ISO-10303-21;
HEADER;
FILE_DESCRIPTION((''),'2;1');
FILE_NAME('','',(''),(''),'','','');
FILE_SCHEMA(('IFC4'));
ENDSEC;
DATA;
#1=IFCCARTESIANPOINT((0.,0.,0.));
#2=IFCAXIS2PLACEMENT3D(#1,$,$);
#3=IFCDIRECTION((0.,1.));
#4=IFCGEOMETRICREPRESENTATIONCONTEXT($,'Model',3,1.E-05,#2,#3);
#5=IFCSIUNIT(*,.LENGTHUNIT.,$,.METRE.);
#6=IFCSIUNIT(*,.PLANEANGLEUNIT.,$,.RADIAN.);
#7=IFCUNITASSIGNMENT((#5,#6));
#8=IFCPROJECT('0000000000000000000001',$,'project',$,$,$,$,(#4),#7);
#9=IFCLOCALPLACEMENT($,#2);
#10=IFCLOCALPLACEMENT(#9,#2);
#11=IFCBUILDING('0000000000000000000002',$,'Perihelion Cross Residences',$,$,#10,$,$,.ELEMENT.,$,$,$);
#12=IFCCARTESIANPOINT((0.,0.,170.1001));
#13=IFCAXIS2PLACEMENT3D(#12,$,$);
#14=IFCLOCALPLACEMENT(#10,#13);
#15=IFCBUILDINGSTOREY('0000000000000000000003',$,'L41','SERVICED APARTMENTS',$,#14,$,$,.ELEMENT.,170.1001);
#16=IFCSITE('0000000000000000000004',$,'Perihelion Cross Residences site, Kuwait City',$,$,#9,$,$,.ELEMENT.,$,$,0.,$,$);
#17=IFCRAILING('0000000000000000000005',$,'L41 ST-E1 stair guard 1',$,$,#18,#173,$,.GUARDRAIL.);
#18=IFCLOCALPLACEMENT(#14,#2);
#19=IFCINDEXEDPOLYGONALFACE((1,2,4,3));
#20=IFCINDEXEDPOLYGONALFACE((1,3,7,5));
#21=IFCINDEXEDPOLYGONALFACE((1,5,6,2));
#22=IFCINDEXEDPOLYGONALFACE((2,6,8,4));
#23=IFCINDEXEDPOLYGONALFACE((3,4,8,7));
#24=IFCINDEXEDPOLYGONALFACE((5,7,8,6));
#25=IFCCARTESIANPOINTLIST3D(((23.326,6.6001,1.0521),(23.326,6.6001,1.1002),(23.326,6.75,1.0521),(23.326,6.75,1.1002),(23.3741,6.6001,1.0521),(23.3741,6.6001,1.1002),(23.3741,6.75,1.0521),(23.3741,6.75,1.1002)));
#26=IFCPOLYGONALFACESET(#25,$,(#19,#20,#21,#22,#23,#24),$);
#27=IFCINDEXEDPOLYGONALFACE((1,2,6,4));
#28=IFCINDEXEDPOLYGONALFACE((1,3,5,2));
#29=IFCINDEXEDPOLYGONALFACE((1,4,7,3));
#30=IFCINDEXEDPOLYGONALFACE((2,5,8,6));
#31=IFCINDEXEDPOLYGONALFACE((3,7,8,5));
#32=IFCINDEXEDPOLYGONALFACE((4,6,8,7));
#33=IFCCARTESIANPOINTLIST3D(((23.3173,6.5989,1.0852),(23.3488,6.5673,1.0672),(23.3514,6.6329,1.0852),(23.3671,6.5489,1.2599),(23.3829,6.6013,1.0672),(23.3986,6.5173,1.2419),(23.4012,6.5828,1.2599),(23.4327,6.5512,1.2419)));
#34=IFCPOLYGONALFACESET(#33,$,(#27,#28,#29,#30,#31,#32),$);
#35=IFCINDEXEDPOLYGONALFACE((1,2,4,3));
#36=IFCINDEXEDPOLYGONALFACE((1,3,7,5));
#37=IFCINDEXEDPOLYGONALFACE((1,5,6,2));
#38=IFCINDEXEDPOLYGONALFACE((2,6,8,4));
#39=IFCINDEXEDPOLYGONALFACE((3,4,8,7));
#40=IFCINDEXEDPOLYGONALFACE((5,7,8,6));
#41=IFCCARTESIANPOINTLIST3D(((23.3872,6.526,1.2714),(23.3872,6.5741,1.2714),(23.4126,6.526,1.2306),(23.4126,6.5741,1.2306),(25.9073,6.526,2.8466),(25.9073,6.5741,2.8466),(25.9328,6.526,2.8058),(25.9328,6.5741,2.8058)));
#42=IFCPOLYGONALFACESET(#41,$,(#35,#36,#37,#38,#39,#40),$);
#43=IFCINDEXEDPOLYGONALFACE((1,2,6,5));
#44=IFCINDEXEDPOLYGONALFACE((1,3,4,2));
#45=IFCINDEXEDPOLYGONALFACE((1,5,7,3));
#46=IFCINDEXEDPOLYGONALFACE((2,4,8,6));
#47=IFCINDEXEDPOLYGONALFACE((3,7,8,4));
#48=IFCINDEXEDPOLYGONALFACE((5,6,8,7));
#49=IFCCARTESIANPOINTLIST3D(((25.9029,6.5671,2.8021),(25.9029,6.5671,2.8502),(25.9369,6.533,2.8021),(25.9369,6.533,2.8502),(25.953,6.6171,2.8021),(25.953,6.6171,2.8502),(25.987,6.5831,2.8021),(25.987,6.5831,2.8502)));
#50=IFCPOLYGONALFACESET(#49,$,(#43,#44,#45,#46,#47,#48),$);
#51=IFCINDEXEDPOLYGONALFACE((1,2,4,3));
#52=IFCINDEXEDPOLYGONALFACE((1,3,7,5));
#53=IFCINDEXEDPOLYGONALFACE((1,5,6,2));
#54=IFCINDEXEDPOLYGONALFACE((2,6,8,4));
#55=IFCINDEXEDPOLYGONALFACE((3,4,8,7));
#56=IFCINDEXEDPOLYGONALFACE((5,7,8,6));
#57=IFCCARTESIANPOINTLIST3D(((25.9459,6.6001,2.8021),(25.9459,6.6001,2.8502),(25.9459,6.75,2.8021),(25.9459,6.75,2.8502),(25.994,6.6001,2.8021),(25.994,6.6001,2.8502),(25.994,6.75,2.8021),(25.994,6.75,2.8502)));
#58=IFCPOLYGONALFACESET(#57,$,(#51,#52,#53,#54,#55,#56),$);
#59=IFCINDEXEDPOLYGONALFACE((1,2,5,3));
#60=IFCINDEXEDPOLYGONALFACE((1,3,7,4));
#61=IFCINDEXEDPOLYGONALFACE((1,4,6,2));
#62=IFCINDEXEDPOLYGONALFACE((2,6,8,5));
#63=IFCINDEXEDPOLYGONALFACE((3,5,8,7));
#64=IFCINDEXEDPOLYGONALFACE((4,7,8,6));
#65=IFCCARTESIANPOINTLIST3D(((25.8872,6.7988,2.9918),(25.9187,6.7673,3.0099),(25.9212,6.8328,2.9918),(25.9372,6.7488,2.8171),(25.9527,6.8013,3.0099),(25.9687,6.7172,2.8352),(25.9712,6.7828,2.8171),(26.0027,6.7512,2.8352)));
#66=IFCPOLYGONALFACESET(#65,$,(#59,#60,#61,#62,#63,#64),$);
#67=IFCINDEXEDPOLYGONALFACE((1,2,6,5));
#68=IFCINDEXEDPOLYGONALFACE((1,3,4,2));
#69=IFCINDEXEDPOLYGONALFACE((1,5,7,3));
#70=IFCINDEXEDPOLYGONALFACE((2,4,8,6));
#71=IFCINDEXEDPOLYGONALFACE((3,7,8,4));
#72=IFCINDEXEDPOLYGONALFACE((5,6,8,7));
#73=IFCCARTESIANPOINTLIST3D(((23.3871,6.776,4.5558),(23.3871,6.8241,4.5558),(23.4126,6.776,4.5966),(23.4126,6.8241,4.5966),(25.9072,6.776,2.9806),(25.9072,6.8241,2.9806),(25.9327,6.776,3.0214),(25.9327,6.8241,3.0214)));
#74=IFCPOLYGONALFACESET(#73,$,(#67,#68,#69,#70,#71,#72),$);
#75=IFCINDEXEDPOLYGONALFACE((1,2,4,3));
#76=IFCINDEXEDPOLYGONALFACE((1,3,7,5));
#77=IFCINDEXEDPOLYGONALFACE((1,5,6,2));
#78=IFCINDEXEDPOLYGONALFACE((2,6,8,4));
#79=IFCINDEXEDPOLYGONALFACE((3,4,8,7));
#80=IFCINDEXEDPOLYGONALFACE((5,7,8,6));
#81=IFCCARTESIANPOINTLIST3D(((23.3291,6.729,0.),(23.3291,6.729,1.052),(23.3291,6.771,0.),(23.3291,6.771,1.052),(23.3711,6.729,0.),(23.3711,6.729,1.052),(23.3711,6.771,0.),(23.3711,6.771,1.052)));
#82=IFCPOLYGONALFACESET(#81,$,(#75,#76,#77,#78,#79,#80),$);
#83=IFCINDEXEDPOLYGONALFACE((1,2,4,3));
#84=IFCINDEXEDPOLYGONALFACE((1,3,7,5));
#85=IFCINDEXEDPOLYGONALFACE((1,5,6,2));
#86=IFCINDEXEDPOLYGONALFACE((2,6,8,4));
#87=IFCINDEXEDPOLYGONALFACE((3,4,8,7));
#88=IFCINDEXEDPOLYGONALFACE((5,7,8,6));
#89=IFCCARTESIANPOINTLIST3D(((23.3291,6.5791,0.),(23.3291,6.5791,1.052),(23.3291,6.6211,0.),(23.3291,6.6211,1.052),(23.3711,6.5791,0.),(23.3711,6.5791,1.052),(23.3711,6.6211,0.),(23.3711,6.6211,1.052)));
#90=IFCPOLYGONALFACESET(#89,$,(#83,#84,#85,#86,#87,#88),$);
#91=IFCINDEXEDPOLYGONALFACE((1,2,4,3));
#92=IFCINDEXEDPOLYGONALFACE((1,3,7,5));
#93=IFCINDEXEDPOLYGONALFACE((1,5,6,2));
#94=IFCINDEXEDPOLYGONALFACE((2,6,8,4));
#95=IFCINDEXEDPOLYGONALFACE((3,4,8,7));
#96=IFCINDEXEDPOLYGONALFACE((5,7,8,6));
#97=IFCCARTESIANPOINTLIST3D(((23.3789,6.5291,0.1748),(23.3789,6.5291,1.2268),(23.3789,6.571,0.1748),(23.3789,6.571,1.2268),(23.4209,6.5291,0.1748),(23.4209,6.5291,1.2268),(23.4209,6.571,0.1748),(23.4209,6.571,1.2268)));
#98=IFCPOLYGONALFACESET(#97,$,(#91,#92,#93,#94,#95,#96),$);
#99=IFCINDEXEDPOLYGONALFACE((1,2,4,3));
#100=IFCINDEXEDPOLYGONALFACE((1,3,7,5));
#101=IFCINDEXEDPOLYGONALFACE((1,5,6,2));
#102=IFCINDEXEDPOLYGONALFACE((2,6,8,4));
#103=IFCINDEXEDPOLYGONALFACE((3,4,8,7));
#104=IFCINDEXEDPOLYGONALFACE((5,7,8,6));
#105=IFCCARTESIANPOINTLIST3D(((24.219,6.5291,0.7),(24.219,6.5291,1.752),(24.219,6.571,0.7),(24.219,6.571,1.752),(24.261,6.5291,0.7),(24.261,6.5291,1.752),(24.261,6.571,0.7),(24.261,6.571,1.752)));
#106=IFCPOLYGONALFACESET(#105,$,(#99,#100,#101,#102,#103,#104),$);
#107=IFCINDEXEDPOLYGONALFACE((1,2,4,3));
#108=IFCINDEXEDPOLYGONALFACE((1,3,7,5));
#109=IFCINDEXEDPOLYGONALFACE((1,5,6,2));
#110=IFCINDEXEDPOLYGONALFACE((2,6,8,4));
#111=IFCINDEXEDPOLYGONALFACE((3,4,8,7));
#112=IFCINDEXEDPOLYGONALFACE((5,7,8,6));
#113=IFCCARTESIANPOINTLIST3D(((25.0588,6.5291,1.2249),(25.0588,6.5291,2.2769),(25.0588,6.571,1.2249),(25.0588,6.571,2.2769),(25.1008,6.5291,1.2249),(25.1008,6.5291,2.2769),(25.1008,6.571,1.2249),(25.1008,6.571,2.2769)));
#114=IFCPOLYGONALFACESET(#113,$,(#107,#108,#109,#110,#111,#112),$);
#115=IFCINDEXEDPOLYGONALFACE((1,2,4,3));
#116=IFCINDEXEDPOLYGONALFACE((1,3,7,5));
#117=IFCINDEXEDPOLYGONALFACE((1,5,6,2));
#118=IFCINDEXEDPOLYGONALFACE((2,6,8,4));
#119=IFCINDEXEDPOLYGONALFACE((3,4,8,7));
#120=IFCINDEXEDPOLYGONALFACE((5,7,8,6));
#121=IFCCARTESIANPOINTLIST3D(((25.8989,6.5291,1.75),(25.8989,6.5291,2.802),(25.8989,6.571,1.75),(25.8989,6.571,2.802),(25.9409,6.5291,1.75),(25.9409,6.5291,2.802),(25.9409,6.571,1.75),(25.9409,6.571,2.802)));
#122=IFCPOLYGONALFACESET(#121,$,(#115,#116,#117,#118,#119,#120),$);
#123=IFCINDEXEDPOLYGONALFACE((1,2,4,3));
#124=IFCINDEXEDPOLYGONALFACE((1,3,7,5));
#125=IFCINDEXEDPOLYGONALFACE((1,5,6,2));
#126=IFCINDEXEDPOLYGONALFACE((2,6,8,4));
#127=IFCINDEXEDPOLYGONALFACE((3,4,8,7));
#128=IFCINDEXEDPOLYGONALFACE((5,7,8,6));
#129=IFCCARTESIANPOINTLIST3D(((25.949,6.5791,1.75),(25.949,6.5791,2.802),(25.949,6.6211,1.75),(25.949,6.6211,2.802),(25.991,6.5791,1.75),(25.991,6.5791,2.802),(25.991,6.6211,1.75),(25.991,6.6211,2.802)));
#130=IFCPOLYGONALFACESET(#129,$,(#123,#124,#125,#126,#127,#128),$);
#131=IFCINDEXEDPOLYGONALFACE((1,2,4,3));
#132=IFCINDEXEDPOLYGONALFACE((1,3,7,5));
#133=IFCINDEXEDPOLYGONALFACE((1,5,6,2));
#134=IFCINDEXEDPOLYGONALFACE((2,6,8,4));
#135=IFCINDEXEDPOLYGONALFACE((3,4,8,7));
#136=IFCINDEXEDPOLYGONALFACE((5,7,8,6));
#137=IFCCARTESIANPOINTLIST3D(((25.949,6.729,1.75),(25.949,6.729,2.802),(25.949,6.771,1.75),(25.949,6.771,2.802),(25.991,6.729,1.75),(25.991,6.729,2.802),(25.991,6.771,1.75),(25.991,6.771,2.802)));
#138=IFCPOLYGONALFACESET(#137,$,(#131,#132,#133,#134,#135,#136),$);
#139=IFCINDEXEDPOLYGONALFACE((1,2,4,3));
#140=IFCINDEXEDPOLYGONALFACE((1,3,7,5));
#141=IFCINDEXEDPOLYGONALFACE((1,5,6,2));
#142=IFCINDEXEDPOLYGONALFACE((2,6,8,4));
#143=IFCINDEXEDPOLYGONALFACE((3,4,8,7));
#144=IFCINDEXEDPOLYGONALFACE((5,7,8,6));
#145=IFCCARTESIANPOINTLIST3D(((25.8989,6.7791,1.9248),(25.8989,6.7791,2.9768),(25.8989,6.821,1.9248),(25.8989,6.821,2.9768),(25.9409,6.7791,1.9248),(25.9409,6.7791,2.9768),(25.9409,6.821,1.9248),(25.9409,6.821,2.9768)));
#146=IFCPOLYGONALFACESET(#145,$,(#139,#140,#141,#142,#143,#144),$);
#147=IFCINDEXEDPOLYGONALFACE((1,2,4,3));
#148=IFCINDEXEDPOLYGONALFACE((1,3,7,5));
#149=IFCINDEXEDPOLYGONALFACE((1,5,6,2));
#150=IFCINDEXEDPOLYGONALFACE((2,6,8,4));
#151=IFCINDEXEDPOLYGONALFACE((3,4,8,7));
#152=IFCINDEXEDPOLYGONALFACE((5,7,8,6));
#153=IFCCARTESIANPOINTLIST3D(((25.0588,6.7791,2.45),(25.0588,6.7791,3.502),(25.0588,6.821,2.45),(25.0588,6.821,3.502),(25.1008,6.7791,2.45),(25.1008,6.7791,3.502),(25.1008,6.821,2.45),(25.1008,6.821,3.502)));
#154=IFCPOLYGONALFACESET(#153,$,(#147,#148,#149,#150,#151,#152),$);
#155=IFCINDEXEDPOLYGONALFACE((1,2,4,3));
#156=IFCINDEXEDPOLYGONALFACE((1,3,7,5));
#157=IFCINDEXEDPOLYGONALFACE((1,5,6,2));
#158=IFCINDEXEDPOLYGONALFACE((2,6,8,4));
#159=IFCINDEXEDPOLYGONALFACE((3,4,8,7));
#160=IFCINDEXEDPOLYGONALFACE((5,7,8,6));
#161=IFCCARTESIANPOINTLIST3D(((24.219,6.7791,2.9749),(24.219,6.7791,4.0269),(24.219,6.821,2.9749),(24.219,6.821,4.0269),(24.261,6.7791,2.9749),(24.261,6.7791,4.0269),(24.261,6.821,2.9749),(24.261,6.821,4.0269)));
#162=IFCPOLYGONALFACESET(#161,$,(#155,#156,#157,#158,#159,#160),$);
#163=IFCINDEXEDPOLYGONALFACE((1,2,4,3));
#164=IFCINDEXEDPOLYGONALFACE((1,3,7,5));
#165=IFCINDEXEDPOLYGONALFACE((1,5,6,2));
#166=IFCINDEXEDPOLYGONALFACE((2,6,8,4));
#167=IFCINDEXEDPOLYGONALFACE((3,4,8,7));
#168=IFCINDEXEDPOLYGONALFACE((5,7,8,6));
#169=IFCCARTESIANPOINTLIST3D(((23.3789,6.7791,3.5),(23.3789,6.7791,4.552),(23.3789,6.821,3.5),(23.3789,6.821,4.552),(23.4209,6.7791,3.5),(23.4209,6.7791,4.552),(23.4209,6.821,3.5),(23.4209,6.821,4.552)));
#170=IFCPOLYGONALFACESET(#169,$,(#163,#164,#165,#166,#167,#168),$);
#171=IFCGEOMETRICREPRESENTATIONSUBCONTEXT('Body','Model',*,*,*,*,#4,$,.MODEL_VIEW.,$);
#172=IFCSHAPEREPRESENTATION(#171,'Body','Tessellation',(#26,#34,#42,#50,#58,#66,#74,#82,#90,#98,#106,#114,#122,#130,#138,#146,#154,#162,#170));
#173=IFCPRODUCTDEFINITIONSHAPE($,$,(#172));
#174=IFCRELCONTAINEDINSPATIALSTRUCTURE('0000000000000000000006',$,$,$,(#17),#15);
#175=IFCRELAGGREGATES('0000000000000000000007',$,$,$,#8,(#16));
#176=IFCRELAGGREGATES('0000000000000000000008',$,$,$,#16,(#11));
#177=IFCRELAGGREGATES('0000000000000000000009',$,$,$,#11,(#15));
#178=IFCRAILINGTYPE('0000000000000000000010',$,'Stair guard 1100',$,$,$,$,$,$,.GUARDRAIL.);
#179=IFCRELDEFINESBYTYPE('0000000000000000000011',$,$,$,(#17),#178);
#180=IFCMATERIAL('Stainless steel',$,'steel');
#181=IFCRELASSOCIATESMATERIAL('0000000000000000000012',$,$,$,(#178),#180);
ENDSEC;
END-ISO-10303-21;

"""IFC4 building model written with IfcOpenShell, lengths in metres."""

from ifc_helpers import new_model, si_unit, direction, frame, origin, origin_2d, place, context, subcontext, project, spatial, rectangle, extrude, material, type_object, element, save


model = new_model("IFC4")

# Units and contexts
model_context = context("Model", 3, precision=1e-05, world=origin(), true_north=direction((0.0, 1.0)))
body_context = subcontext(model_context, "Body", "Model", "MODEL_VIEW")
ifc_project = project(units=[si_unit("LENGTHUNIT", "METRE"), si_unit("PLANEANGLEUNIT", "RADIAN")], contexts=[model_context])

# Site, building, storey
site_placement = place(None, origin())
site = spatial("IfcSite", under=ifc_project, at=site_placement, Name="Perihelion Cross Residences site, Kuwait City", CompositionType="ELEMENT", RefElevation=0.0)
building_placement = place(site_placement, origin())
building = spatial("IfcBuilding", under=site, at=building_placement, Name="Perihelion Cross Residences", CompositionType="ELEMENT")
storey_placement = place(building_placement, frame((0.0, 0.0, 170.1001)))
storey = spatial("IfcBuildingStorey", under=building, at=storey_placement, Name="L41", Description="SERVICED APARTMENTS", CompositionType="ELEMENT", Elevation=170.1001)

# Railing
ifc_material_1 = material(Name="Stainless steel", Category="steel")
railing_type_1 = type_object("IfcRailingType", Name="Stair guard 1100", PredefinedType="GUARDRAIL", material=ifc_material_1)
railing_1_placement = place(storey_placement, frame((23.3501, 6.75, 0.0)))
element("IfcRailing", 1, at=railing_1_placement, inside=storey, type_object=railing_type_1, Name="L41 ST-E1 stair guard 1", PredefinedType="GUARDRAIL", context=body_context, shape_type="SweptSolid", body=[
    extrude(rectangle(XDim=0.0481, YDim=0.0481, at=origin_2d()), frame((0.0, 0.0, 1.0762), z_axis=(0.0, -1.0, 0.0), x_axis=(1.0, 0.0, 0.0)), (0.0, 0.0, 1.0), 0.1499),
    extrude(rectangle(XDim=0.0481, YDim=0.0481, at=origin_2d()), frame((0.0, -0.1499, 1.0762), z_axis=(0.264179, -0.265474, 0.927218), x_axis=(0.708834, 0.705376, 0.0)), (0.0, 0.0, 1.0), 0.1885),
    extrude(rectangle(XDim=0.0481, YDim=0.0481, at=origin_2d()), frame((0.0498, -0.2, 1.251), z_axis=(0.847971, 0.0, 0.530043), x_axis=(0.0, 1.0, 0.0)), (0.0, 0.0, 1.0), 2.9719),
    extrude(rectangle(XDim=0.0481, YDim=0.0481, at=origin_2d()), frame((2.5698, -0.2, 2.8262), z_axis=(0.707107, 0.707107, 0.0), x_axis=(-0.707107, 0.707107, 0.0)), (0.0, 0.0, 1.0), 0.0708),
    extrude(rectangle(XDim=0.0481, YDim=0.0481, at=origin_2d()), frame((2.6199, -0.1499, 2.8262), z_axis=(0.0, 1.0, 0.0), x_axis=(-1.0, 0.0, 0.0)), (0.0, 0.0, 1.0), 0.1499),
    extrude(rectangle(XDim=0.0481, YDim=0.0481, at=origin_2d()), frame((2.6199, 0.0, 2.8262), z_axis=(-0.265383, 0.265383, 0.9269), x_axis=(-0.707107, -0.707107, 0.0)), (0.0, 0.0, 1.0), 0.1885),
    extrude(rectangle(XDim=0.0481, YDim=0.0481, at=origin_2d()), frame((2.5698, 0.05, 3.001), z_axis=(-0.847971, 0.0, 0.530043), x_axis=(0.0, -1.0, 0.0)), (0.0, 0.0, 1.0), 2.9719),
    extrude(rectangle(XDim=0.042, YDim=0.042, at=origin_2d()), origin(), (0.0, 0.0, 1.0), 1.052),
    extrude(rectangle(XDim=0.042, YDim=0.042, at=origin_2d()), frame((0.0, -0.1499, 0.0)), (0.0, 0.0, 1.0), 1.052),
    extrude(rectangle(XDim=0.042, YDim=0.042, at=origin_2d()), frame((0.0498, -0.2, 0.1748)), (0.0, 0.0, 1.0), 1.052),
    extrude(rectangle(XDim=0.042, YDim=0.042, at=origin_2d()), frame((0.8899, -0.2, 0.7)), (0.0, 0.0, 1.0), 1.052),
    extrude(rectangle(XDim=0.042, YDim=0.042, at=origin_2d()), frame((1.7297, -0.2, 1.2249)), (0.0, 0.0, 1.0), 1.052),
    extrude(rectangle(XDim=0.042, YDim=0.042, at=origin_2d()), frame((2.5698, -0.2, 1.75)), (0.0, 0.0, 1.0), 1.052),
    extrude(rectangle(XDim=0.042, YDim=0.042, at=origin_2d()), frame((2.6199, -0.1499, 1.75)), (0.0, 0.0, 1.0), 1.052),
    extrude(rectangle(XDim=0.042, YDim=0.042, at=origin_2d()), frame((2.6199, 0.0, 1.75)), (0.0, 0.0, 1.0), 1.052),
    extrude(rectangle(XDim=0.042, YDim=0.042, at=origin_2d()), frame((2.5698, 0.05, 1.9248)), (0.0, 0.0, 1.0), 1.052),
    extrude(rectangle(XDim=0.042, YDim=0.042, at=origin_2d()), frame((1.7297, 0.05, 2.45)), (0.0, 0.0, 1.0), 1.052),
    extrude(rectangle(XDim=0.042, YDim=0.042, at=origin_2d()), frame((0.8899, 0.05, 2.9749)), (0.0, 0.0, 1.0), 1.052),
    extrude(rectangle(XDim=0.042, YDim=0.042, at=origin_2d()), frame((0.0498, 0.05, 3.5)), (0.0, 0.0, 1.0), 1.052),
])

save(model, "model.ifc")
